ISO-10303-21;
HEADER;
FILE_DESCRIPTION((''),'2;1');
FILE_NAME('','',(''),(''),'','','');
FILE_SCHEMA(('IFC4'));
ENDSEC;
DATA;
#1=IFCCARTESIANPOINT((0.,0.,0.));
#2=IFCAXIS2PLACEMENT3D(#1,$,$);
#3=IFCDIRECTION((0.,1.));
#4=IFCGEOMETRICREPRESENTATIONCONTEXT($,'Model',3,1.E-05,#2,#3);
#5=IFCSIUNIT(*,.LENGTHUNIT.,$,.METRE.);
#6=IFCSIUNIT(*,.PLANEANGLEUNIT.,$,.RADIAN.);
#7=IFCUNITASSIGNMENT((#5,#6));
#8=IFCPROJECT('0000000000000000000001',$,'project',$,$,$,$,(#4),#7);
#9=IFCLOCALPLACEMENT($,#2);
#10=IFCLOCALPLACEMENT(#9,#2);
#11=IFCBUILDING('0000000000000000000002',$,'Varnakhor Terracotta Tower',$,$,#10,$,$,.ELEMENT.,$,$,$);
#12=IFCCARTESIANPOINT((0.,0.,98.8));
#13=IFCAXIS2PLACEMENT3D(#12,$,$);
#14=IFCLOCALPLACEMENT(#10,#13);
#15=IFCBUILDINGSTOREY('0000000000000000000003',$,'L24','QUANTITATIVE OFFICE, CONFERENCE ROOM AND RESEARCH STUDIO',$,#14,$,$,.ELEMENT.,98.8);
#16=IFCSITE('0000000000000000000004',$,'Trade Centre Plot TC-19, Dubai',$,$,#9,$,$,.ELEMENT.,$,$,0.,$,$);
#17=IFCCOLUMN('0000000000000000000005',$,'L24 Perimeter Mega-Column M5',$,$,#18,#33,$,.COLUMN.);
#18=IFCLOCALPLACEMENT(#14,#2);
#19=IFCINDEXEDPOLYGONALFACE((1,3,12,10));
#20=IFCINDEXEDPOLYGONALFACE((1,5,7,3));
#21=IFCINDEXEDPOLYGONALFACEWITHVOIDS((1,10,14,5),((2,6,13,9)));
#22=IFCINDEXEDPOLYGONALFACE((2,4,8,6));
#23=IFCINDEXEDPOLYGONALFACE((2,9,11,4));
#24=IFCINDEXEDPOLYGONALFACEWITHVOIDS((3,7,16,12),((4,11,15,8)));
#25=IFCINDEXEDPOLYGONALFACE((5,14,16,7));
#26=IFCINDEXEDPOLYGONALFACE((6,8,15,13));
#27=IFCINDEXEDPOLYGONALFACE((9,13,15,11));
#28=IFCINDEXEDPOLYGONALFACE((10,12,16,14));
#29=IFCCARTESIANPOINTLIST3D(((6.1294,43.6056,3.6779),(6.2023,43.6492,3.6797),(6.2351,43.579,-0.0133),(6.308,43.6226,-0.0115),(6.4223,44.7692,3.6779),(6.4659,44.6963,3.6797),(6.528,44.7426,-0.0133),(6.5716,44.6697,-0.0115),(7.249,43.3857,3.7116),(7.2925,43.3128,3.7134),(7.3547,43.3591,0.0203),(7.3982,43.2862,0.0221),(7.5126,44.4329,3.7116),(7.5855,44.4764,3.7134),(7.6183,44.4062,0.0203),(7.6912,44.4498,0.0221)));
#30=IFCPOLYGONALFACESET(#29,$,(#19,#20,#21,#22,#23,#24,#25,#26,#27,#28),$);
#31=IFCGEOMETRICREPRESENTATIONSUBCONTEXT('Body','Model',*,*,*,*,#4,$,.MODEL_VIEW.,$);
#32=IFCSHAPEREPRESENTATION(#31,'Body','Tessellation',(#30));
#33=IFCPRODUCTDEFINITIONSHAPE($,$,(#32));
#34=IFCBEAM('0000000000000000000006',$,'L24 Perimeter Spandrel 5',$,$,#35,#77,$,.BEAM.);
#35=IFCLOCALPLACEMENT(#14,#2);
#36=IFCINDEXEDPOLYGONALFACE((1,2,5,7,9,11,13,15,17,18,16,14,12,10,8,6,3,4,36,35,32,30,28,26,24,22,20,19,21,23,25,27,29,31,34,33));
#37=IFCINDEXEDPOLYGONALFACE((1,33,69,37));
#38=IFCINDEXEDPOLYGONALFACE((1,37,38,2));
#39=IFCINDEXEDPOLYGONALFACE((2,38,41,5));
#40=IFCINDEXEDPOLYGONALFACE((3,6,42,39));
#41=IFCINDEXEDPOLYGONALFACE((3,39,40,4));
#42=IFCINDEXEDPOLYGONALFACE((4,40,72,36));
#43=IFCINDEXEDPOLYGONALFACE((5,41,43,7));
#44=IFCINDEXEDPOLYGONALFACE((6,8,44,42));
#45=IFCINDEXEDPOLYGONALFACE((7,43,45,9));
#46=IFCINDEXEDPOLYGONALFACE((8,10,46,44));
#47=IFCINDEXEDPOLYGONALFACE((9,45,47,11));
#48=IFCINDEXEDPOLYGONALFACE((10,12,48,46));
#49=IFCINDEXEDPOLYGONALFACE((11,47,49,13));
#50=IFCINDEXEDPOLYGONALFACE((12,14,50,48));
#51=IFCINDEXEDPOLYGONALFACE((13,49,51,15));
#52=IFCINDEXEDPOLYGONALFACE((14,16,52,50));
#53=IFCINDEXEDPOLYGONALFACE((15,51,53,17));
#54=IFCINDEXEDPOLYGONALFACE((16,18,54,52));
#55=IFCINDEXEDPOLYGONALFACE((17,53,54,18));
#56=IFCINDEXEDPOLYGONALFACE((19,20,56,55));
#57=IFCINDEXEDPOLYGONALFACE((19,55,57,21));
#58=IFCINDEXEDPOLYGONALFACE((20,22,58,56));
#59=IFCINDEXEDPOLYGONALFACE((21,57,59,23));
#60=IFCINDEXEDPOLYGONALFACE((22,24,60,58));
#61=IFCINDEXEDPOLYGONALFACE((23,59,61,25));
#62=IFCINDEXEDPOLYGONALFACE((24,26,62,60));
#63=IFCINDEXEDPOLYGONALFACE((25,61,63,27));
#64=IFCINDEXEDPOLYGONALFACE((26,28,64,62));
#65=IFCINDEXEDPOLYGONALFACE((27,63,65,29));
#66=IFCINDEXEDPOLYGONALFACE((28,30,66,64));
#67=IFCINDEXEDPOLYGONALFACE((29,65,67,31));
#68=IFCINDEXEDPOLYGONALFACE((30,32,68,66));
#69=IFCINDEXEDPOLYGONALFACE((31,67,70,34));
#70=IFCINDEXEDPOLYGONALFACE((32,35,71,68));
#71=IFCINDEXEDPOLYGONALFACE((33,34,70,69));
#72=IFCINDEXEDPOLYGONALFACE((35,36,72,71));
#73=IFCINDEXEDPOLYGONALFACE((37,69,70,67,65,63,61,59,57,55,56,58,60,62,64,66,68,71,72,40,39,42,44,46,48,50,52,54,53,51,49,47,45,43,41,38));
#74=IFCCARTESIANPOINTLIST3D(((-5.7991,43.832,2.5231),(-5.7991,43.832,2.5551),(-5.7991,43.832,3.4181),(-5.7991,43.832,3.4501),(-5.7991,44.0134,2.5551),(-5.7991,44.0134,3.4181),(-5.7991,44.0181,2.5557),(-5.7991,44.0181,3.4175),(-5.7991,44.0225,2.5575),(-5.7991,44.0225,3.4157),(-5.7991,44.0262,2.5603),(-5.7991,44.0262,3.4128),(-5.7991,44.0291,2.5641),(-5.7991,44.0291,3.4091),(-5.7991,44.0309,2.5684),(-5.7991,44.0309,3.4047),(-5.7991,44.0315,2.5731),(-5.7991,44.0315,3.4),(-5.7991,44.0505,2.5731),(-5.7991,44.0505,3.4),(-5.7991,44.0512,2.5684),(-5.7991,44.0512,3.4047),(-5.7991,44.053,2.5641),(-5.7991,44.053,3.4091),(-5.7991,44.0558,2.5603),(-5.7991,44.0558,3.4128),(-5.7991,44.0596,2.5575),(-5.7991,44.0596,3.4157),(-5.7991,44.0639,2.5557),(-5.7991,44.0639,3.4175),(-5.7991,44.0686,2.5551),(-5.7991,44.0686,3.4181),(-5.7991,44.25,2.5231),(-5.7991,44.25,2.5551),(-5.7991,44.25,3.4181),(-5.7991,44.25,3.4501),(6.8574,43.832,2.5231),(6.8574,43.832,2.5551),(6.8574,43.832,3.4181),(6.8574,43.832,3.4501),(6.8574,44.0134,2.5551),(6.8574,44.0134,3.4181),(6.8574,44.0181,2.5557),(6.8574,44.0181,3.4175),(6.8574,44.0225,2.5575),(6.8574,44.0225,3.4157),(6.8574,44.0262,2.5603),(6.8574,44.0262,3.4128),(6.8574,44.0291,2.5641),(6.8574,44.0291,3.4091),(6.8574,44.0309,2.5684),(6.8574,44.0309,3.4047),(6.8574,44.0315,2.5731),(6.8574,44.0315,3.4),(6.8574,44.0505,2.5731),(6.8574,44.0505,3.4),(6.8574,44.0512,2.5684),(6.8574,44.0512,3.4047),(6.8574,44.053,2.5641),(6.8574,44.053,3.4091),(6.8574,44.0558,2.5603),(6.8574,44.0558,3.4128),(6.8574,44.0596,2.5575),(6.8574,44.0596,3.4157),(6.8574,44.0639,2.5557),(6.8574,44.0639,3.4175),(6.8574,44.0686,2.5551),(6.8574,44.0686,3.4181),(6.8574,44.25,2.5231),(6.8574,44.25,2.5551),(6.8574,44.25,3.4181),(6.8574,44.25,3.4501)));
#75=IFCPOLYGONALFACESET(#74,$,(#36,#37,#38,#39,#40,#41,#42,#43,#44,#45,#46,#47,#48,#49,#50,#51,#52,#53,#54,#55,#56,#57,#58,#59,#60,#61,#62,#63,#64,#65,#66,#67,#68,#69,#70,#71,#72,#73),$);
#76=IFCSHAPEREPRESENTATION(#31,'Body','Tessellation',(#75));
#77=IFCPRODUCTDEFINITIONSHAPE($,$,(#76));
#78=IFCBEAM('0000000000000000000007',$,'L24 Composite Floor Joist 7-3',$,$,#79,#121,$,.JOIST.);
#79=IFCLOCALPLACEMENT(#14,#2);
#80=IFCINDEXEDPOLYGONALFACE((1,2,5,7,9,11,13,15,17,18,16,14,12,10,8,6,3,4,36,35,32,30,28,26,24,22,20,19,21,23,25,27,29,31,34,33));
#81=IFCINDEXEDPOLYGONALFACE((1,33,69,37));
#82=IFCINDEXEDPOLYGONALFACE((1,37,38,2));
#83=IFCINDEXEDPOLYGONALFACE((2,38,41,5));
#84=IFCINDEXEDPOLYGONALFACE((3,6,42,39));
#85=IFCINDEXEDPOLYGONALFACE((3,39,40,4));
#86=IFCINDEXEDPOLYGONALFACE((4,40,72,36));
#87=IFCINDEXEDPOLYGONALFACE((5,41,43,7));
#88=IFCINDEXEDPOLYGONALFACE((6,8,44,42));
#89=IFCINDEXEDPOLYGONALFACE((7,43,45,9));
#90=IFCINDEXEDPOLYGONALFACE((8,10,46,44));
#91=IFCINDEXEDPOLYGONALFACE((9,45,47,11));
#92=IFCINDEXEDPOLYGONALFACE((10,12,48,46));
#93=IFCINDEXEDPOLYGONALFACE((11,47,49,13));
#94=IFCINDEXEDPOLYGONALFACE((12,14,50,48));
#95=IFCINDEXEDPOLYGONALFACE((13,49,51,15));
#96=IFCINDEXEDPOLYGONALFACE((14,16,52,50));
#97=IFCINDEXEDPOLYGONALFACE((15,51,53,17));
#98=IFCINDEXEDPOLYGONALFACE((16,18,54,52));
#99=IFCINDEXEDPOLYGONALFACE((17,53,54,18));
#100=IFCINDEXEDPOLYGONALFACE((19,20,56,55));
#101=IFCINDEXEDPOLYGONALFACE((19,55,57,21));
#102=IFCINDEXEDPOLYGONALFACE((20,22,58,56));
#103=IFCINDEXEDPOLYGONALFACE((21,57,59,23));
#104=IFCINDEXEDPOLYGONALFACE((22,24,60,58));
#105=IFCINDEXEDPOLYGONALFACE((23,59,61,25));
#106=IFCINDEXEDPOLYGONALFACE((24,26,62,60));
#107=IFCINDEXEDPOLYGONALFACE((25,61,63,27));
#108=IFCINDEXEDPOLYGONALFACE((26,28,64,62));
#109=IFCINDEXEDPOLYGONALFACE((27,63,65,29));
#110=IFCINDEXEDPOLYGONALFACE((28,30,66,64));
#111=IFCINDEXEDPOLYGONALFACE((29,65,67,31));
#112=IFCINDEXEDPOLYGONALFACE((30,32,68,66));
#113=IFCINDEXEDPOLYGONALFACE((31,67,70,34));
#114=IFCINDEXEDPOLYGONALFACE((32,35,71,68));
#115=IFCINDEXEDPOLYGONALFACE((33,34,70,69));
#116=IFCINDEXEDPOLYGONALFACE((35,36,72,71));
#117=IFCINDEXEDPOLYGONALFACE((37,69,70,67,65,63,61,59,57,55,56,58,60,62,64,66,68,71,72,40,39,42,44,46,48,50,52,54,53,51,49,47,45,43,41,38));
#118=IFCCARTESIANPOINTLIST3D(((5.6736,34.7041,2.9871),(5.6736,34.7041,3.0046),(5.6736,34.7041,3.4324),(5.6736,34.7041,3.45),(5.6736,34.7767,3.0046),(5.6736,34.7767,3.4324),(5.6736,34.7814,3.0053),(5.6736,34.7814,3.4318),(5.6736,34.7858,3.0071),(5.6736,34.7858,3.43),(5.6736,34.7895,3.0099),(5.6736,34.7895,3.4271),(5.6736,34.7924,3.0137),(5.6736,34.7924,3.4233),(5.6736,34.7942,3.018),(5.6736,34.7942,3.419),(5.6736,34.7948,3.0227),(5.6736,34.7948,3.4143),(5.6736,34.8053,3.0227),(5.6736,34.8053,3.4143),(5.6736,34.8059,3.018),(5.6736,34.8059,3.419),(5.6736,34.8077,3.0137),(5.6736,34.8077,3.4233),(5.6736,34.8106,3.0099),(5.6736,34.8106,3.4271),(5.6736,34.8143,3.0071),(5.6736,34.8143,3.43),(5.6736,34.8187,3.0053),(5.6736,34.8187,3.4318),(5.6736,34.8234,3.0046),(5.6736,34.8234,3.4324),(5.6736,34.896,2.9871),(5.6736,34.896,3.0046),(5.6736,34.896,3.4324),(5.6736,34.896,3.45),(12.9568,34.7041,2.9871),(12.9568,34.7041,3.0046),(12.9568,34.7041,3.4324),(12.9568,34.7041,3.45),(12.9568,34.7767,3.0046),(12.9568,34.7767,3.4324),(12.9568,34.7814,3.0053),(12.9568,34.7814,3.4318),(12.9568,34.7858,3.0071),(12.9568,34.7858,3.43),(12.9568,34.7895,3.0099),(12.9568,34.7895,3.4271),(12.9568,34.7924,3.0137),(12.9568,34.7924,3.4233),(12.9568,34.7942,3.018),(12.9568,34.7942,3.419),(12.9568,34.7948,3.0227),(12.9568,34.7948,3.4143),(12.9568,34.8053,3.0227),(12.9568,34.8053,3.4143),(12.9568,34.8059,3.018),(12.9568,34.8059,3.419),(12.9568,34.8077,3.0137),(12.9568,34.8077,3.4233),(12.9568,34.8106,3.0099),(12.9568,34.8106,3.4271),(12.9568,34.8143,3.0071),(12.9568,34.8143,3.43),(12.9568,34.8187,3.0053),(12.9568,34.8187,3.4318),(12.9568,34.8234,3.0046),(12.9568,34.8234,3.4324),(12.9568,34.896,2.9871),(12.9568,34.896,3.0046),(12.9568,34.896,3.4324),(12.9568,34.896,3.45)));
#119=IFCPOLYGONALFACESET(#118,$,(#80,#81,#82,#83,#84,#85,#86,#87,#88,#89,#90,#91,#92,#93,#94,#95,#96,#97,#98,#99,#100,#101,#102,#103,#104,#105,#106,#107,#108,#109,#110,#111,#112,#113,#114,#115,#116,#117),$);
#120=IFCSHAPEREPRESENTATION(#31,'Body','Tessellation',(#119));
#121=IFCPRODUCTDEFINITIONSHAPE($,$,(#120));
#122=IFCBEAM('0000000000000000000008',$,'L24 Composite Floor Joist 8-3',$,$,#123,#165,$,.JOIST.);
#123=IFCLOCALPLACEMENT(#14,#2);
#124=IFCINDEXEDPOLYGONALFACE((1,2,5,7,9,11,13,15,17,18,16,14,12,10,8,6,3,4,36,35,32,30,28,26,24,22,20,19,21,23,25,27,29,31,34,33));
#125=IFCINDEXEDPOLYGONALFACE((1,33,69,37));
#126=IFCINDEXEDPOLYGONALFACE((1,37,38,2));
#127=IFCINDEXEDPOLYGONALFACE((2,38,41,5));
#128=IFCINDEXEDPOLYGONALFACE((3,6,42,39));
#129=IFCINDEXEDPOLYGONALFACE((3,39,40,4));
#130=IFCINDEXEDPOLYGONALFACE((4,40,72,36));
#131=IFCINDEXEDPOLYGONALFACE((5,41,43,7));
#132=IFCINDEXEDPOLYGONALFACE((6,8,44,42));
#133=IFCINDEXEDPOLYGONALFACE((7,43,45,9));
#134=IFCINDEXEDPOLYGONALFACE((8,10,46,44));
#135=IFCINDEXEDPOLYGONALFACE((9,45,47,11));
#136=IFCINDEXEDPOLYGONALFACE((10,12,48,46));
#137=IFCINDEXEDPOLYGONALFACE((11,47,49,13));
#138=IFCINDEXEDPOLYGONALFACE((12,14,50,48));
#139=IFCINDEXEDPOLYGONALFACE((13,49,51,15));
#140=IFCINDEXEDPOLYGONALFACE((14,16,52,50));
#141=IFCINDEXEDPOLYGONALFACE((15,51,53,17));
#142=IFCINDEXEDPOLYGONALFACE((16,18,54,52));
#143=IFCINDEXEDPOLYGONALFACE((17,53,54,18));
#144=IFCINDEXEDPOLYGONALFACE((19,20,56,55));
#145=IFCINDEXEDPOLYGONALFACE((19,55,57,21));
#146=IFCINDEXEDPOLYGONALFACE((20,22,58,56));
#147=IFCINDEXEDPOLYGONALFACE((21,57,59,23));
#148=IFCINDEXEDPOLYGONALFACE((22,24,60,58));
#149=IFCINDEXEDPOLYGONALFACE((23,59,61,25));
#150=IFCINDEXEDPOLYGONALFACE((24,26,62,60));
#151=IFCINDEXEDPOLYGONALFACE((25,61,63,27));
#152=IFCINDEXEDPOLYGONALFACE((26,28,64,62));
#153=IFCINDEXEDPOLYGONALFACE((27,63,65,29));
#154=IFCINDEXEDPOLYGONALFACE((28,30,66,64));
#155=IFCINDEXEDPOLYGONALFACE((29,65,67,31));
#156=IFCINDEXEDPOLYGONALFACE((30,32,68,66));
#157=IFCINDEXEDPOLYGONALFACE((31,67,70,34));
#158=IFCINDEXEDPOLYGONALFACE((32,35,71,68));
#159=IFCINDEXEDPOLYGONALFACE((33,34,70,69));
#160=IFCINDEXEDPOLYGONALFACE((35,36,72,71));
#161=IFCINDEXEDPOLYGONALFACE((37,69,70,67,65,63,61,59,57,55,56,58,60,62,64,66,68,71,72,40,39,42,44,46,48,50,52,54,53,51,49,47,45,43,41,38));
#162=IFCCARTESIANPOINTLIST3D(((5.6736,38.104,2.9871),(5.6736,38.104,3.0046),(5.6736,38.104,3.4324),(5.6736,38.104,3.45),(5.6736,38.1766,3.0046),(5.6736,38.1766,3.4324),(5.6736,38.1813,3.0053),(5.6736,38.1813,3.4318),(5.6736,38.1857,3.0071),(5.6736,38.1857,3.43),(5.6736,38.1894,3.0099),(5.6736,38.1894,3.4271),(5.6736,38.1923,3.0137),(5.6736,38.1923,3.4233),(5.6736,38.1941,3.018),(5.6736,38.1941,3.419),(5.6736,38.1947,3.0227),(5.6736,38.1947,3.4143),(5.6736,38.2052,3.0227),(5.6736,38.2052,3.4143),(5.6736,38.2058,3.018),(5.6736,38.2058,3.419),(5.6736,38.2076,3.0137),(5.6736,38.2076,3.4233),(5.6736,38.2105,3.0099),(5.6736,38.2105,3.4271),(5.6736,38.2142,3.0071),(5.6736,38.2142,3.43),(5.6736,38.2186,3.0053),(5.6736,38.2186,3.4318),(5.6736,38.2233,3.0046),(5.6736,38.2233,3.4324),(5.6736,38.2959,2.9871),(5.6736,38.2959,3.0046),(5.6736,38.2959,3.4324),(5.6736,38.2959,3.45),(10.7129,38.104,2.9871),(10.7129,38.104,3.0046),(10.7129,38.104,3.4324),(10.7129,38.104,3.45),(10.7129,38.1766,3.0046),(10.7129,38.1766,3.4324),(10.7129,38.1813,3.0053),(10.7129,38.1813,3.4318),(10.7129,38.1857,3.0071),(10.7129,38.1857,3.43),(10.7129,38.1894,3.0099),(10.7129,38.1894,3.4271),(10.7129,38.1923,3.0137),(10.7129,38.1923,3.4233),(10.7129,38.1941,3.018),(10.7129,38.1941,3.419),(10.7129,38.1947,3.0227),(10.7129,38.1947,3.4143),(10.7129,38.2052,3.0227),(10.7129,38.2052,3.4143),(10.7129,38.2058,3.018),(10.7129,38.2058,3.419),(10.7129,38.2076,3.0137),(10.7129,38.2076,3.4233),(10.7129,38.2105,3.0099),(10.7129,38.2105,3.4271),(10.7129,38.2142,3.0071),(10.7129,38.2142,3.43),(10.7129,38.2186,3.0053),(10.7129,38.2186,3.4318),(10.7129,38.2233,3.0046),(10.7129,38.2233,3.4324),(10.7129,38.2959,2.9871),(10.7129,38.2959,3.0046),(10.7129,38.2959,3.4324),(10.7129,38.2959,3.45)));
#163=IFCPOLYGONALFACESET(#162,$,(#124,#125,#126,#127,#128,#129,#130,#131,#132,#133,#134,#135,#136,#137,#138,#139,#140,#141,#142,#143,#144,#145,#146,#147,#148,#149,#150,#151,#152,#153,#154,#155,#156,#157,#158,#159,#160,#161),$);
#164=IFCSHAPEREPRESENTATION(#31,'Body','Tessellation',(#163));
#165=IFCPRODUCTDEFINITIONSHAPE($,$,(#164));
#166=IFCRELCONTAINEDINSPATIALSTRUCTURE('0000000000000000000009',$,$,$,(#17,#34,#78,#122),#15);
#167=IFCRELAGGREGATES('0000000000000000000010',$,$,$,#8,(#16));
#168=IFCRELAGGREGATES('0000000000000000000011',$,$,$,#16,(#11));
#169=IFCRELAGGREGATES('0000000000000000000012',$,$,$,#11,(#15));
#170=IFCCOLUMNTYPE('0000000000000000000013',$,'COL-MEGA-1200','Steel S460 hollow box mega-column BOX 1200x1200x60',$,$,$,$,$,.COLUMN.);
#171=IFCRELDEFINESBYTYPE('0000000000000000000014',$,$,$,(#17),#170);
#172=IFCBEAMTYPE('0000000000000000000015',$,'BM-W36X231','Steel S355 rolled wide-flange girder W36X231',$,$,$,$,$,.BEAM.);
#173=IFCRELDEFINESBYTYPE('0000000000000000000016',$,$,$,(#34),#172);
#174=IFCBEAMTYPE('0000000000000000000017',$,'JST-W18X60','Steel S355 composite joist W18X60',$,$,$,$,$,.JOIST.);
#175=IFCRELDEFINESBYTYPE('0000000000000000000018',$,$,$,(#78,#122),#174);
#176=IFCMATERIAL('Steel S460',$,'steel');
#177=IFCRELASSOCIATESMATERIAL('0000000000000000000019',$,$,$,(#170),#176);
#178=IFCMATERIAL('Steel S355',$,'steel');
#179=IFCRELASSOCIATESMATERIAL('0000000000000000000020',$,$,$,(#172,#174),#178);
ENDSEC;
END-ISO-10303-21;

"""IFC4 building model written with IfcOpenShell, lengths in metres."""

from ifc_helpers import new_model, si_unit, direction, frame, origin, origin_2d, place, context, subcontext, project, spatial, hollow_rectangle, i_section, extrude, source, transform, mapped, material, material_profile, profile_set, type_object, element, save


model = new_model("IFC4")

# Units and contexts
model_context = context("Model", 3, precision=1e-05, world=origin(), true_north=direction((0.0, 1.0)))
body_context = subcontext(model_context, "Body", "Model", "MODEL_VIEW")
ifc_project = project(units=[si_unit("LENGTHUNIT", "METRE"), si_unit("PLANEANGLEUNIT", "RADIAN")], contexts=[model_context])

# Site, building, storey
site_placement = place(None, origin())
site = spatial("IfcSite", under=ifc_project, at=site_placement, Name="Trade Centre Plot TC-19, Dubai", CompositionType="ELEMENT", RefElevation=0.0)
building_placement = place(site_placement, origin())
building = spatial("IfcBuilding", under=site, at=building_placement, Name="Varnakhor Terracotta Tower", CompositionType="ELEMENT")
storey_placement = place(building_placement, frame((0.0, 0.0, 98.8)))
storey = spatial("IfcBuildingStorey", under=building, at=storey_placement, Name="L24", Description="QUANTITATIVE OFFICE, CONFERENCE ROOM AND RESEARCH STUDIO", CompositionType="ELEMENT", Elevation=98.8)

# Column
ifc_material_1 = material(Name="Steel S460", Category="steel")
ifc_material_profile_1 = material_profile(ifc_material_1, hollow_rectangle(XDim=1.2, YDim=1.2, WallThickness=0.0601, at=origin_2d()), Name="BOX 1200x1200x60")
ifc_profile_set_1 = profile_set([ifc_material_profile_1], Name="Steel S460")
column_type = type_object("IfcColumnType", Name="COL-MEGA-1200", Description="Steel S460 hollow box mega-column BOX 1200x1200x60", PredefinedType="COLUMN", material=ifc_profile_set_1)
shared_shape_1 = source(origin(), body_context, "Body", "SweptSolid", [
    extrude(hollow_rectangle(XDim=1.2, YDim=1.2, WallThickness=0.0601, at=origin_2d()), origin(), (0.0, 0.0, 1.0), 3.6929),
])
column_placement = place(storey_placement, frame((6.9631, 44.0144, 0.0044), z_axis=(-0.028627, 0.007206, 0.999564), x_axis=(-0.244116, -0.969746, 0.0)))
element("IfcColumn", 1, at=column_placement, inside=storey, type_object=column_type, Name="L24 Perimeter Mega-Column M5", PredefinedType="COLUMN", context=body_context, shape_type="MappedRepresentation", body=[
    mapped(shared_shape_1, transform((0.0, 0.0, 0.0), scale=1.0)),
])

# Beams
ifc_material_2 = material(Name="Steel S355", Category="steel")
ifc_material_profile_2 = material_profile(ifc_material_2, i_section(OverallWidth=0.418, OverallDepth=0.927, WebThickness=0.019, FlangeThickness=0.032, FilletRadius=0.0181, at=origin_2d()), Name="W36X231")
ifc_profile_set_2 = profile_set([ifc_material_profile_2], Name="Steel S355")
beam_type_1 = type_object("IfcBeamType", Name="BM-W36X231", Description="Steel S355 rolled wide-flange girder W36X231", PredefinedType="BEAM", material=ifc_profile_set_2)
shared_shape_2 = source(origin(), body_context, "Body", "SweptSolid", [
    extrude(i_section(OverallWidth=0.418, OverallDepth=0.927, WebThickness=0.019, FlangeThickness=0.032, FilletRadius=0.0181, at=origin_2d()), origin(), (0.0, 0.0, 1.0), 12.6565),
])
beam_1_placement = place(storey_placement, frame((6.8574, 44.041, 2.9866), z_axis=(-1.0, 0.0, 0.0), x_axis=(0.0, -1.0, 0.0)))
element("IfcBeam", 2, at=beam_1_placement, inside=storey, type_object=beam_type_1, Name="L24 Perimeter Spandrel 5", PredefinedType="BEAM", context=body_context, shape_type="MappedRepresentation", body=[
    mapped(shared_shape_2, transform((0.0, 0.0, 0.0), scale=1.0)),
])
ifc_material_profile_3 = material_profile(ifc_material_2, i_section(OverallWidth=0.1919, OverallDepth=0.4629, WebThickness=0.0105, FlangeThickness=0.0176, FilletRadius=0.0181, at=origin_2d()), Name="W18X60")
ifc_profile_set_3 = profile_set([ifc_material_profile_3], Name="Steel S355")
beam_type_2 = type_object("IfcBeamType", Name="JST-W18X60", Description="Steel S355 composite joist W18X60", PredefinedType="JOIST", material=ifc_profile_set_3)
shared_shape_3 = source(origin(), body_context, "Body", "SweptSolid", [
    extrude(i_section(OverallWidth=0.1919, OverallDepth=0.4629, WebThickness=0.0105, FlangeThickness=0.0176, FilletRadius=0.0181, at=origin_2d()), origin(), (0.0, 0.0, 1.0), 7.2832),
])
beam_2_placement = place(storey_placement, frame((5.6736, 34.8, 3.2185), z_axis=(1.0, 0.0, 0.0), x_axis=(0.0, 1.0, 0.0)))
element("IfcBeam", 3, at=beam_2_placement, inside=storey, type_object=beam_type_2, Name="L24 Composite Floor Joist 7-3", PredefinedType="JOIST", context=body_context, shape_type="MappedRepresentation", body=[
    mapped(shared_shape_3, transform((0.0, 0.0, 0.0), scale=1.0)),
])
shared_shape_4 = source(origin(), body_context, "Body", "SweptSolid", [
    extrude(i_section(OverallWidth=0.1919, OverallDepth=0.4629, WebThickness=0.0105, FlangeThickness=0.0176, FilletRadius=0.0181, at=origin_2d()), origin(), (0.0, 0.0, 1.0), 5.0393),
])
beam_3_placement = place(storey_placement, frame((5.6736, 38.2, 3.2185), z_axis=(1.0, 0.0, 0.0), x_axis=(0.0, 1.0, 0.0)))
element("IfcBeam", 4, at=beam_3_placement, inside=storey, type_object=beam_type_2, Name="L24 Composite Floor Joist 8-3", PredefinedType="JOIST", context=body_context, shape_type="MappedRepresentation", body=[
    mapped(shared_shape_4, transform((0.0, 0.0, 0.0), scale=1.0)),
])

save(model, "model.ifc")
